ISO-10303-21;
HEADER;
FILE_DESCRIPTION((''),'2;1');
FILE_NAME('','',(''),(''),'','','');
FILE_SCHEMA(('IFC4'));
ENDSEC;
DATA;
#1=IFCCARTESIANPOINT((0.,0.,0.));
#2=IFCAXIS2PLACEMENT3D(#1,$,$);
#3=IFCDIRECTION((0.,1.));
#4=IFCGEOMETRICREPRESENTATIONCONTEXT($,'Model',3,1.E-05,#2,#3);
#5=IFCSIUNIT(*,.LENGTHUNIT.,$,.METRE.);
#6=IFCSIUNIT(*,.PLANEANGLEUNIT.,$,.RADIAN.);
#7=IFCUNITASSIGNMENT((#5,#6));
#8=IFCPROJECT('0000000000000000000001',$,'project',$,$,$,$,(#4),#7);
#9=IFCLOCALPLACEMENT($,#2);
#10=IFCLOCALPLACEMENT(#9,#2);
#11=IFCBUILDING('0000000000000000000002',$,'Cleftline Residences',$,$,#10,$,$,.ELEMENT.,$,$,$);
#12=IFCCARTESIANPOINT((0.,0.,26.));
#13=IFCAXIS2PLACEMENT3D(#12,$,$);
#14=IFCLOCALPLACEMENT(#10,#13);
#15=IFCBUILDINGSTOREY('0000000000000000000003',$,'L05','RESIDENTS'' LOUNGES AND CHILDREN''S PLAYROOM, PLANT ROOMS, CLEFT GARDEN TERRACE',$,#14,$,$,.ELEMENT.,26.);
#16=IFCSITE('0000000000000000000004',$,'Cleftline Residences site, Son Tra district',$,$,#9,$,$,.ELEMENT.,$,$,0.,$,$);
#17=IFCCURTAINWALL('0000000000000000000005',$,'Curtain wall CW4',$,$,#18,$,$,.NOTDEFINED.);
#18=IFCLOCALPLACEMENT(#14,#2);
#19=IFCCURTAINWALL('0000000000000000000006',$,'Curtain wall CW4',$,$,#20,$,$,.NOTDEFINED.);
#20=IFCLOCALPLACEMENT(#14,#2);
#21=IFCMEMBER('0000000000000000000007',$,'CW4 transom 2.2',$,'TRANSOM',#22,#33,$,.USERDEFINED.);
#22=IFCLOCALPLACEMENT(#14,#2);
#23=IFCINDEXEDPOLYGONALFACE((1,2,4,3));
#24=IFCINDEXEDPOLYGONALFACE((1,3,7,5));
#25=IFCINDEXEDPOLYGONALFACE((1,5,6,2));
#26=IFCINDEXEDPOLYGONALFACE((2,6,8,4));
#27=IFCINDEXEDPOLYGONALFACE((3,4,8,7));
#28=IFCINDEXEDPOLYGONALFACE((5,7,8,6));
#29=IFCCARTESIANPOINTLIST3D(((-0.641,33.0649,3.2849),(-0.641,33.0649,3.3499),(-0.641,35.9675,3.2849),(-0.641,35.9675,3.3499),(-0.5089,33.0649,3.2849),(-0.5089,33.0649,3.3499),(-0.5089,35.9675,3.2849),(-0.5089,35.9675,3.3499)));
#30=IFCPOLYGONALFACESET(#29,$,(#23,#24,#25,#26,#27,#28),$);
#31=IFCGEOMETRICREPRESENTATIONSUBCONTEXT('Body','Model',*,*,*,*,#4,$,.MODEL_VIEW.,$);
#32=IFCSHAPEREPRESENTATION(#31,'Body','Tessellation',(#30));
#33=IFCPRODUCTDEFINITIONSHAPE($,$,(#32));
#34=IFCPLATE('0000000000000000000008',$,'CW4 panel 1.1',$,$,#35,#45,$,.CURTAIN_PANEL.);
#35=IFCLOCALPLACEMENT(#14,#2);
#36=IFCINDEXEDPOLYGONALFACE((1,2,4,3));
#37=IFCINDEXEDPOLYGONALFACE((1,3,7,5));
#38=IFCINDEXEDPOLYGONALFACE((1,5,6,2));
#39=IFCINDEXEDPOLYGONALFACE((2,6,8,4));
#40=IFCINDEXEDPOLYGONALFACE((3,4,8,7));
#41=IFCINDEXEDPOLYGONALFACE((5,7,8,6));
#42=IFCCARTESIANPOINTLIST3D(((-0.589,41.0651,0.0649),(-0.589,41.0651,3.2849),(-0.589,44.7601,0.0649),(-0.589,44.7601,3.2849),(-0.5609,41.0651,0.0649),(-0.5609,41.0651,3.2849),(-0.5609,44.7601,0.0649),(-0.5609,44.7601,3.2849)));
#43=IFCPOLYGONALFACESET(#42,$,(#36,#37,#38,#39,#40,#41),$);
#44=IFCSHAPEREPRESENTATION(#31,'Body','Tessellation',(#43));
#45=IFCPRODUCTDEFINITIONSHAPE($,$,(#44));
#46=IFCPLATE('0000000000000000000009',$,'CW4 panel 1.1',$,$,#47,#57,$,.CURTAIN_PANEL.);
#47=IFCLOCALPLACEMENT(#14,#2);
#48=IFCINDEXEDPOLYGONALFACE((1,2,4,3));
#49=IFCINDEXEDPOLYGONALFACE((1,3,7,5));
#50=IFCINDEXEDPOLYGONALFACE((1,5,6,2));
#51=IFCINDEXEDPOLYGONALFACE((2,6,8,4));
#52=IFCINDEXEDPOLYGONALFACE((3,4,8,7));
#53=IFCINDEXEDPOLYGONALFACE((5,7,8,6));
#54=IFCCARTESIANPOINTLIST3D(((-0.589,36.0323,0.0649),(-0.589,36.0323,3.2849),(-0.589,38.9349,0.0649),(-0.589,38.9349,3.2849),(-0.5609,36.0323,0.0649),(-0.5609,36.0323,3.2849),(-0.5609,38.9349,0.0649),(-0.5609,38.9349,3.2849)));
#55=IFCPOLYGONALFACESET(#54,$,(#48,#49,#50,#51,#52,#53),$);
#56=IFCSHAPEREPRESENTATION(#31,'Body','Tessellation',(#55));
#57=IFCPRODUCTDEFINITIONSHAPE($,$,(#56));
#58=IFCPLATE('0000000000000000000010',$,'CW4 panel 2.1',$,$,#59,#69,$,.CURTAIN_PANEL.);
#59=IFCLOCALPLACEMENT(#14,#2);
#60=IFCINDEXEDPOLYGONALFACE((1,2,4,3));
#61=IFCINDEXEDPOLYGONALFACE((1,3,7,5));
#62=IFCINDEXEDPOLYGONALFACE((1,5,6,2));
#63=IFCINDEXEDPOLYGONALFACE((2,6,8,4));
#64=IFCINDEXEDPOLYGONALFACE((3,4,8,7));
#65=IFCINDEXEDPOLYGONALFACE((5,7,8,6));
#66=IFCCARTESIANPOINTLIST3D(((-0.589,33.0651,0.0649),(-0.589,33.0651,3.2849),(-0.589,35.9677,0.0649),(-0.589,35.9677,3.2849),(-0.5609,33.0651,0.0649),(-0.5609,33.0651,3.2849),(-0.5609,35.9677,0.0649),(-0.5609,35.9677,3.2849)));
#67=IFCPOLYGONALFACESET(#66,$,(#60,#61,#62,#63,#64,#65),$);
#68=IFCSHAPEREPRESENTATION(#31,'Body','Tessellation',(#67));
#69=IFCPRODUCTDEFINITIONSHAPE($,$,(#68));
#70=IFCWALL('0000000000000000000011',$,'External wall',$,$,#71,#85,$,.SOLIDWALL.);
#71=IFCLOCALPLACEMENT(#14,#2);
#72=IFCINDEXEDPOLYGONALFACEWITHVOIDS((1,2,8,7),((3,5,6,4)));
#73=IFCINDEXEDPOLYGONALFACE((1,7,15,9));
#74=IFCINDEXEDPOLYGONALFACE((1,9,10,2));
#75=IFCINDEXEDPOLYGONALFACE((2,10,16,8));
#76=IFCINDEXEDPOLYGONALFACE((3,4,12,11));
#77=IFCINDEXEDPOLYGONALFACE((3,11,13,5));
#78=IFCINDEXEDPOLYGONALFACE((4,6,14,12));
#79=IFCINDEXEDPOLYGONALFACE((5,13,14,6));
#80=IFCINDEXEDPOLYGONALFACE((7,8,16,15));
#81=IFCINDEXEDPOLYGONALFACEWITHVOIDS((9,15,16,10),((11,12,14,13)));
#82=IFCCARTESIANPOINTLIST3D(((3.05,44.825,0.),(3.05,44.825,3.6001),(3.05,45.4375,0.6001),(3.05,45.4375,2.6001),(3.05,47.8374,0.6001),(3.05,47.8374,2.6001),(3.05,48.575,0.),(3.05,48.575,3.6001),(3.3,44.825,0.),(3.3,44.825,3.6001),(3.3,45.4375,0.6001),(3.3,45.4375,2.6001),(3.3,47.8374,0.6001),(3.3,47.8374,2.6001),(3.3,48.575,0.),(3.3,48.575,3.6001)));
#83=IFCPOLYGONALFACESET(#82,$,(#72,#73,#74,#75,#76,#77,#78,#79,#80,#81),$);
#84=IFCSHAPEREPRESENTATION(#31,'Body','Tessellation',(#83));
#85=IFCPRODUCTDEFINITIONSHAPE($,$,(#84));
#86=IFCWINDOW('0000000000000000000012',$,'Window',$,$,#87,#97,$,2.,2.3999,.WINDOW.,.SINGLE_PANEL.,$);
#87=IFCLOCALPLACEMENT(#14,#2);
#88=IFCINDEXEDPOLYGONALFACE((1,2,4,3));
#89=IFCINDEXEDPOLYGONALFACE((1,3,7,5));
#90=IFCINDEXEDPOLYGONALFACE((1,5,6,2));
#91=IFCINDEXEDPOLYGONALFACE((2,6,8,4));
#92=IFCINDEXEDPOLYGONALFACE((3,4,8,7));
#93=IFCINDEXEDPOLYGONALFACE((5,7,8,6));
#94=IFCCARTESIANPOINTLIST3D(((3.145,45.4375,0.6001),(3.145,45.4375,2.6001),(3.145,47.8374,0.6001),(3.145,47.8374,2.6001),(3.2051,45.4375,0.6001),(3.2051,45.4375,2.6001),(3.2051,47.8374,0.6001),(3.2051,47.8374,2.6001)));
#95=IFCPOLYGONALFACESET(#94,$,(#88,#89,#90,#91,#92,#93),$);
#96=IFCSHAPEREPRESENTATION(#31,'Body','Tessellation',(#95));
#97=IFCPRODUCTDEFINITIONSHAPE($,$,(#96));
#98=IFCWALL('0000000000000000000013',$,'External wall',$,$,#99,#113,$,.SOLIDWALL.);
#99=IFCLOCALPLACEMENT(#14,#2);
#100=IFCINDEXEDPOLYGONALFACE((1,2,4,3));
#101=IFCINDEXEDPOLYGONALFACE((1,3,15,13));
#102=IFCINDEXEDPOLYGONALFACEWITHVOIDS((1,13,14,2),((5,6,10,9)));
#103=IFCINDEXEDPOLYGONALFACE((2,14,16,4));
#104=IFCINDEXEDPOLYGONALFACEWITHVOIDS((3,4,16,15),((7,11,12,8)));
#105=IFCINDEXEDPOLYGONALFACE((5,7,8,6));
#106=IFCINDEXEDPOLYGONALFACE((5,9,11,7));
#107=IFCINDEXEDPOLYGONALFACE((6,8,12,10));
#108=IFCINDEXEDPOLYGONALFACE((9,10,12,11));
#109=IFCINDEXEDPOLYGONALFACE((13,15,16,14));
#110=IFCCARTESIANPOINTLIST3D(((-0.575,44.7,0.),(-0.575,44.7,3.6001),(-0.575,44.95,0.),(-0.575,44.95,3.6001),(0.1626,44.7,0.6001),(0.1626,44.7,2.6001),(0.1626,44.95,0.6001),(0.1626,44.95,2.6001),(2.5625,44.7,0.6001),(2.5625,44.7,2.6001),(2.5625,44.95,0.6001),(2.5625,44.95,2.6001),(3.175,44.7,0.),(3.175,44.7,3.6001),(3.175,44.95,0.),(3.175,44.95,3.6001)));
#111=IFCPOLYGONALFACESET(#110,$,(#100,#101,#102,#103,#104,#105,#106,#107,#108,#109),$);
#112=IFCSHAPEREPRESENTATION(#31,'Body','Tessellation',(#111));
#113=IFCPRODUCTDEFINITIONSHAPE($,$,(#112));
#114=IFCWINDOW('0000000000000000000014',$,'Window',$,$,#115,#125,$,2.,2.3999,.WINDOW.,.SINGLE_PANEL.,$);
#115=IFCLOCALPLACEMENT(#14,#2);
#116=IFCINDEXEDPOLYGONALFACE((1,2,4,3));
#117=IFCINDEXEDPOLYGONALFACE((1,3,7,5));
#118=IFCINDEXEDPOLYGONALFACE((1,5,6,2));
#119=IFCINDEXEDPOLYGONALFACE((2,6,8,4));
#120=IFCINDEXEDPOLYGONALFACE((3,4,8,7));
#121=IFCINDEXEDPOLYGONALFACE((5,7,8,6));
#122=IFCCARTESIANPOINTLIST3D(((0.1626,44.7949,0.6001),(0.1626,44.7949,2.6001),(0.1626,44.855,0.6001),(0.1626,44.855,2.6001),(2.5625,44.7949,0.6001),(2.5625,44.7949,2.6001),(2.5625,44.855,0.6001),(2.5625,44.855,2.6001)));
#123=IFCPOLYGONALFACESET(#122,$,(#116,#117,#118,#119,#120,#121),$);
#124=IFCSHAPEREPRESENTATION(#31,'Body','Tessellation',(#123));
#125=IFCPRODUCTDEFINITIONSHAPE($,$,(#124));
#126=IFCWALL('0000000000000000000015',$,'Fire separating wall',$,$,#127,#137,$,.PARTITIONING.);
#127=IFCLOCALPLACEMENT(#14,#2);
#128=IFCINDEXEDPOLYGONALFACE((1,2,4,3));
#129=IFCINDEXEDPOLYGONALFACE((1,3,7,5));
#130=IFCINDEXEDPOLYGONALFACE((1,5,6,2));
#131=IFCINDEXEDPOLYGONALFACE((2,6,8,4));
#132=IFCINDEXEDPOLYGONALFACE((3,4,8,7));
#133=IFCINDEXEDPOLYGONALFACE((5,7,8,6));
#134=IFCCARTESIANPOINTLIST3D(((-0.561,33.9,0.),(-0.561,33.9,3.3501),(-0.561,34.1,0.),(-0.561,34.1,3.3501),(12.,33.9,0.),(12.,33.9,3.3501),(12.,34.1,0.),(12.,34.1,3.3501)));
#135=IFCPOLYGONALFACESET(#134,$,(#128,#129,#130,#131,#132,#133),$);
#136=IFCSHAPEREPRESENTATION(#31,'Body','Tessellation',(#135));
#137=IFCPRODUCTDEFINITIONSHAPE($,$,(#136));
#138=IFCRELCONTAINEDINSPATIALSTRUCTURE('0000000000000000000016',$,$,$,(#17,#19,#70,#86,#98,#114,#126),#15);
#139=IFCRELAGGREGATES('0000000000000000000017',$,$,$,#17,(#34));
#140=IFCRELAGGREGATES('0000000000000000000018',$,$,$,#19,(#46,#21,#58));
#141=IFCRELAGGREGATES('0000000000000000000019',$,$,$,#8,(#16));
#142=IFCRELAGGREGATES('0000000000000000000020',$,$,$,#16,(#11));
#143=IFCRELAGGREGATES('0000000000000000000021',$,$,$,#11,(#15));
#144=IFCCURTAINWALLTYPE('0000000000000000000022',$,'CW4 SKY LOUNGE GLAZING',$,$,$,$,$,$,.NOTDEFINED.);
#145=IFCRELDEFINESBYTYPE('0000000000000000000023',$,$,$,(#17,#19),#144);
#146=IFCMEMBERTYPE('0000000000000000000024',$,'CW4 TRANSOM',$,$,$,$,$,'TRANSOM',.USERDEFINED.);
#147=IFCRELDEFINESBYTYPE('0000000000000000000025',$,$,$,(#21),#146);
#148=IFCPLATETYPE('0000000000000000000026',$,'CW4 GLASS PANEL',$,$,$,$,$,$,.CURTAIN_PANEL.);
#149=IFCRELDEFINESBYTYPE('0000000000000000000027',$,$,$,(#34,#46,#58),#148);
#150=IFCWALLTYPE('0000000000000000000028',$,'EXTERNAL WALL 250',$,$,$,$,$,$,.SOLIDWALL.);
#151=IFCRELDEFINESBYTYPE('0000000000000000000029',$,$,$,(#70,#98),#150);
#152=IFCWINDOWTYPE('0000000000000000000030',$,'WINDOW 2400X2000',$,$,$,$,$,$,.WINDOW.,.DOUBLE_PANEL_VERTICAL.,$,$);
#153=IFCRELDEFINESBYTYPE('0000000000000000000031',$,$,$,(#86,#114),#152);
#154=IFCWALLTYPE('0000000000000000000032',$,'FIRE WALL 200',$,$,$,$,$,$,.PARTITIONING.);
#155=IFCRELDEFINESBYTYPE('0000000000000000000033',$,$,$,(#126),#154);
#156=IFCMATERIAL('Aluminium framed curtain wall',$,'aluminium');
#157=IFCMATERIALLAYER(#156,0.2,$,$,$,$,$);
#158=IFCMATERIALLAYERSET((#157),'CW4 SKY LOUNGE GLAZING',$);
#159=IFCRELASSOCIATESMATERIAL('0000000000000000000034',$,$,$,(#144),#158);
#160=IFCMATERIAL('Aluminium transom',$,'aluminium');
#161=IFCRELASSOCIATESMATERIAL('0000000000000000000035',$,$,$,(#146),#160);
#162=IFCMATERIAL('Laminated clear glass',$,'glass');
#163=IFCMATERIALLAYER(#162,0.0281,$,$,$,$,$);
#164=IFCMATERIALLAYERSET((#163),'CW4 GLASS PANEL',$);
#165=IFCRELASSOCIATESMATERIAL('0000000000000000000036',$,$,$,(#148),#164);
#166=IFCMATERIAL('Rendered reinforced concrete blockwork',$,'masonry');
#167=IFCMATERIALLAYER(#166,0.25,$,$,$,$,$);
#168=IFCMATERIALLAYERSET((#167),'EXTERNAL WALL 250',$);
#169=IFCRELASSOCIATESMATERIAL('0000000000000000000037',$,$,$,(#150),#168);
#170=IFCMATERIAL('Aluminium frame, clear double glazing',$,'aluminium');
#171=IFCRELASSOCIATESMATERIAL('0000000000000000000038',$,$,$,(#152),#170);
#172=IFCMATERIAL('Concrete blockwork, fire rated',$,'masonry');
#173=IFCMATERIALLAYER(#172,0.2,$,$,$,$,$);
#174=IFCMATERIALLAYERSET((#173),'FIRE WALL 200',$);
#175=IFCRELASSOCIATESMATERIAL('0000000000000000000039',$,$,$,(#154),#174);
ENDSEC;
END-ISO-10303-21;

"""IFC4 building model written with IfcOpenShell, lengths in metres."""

from ifc_helpers import new_model, si_unit, direction, frame, frame_2d, origin, origin_2d, place, context, subcontext, project, spatial, rectangle, extrude, material, layer, layer_set, material_profile, profile_set, type_object, element, fill, aggregate, save


model = new_model("IFC4")

# Units and contexts
model_context = context("Model", 3, precision=1e-05, world=origin(), true_north=direction((0.0, 1.0)))
body_context = subcontext(model_context, "Body", "Model", "MODEL_VIEW")
ifc_project = project(units=[si_unit("LENGTHUNIT", "METRE"), si_unit("PLANEANGLEUNIT", "RADIAN")], contexts=[model_context])

# Site, building, storey
site_placement = place(None, origin())
site = spatial("IfcSite", under=ifc_project, at=site_placement, Name="Cleftline Residences site, Son Tra district", CompositionType="ELEMENT", RefElevation=0.0)
building_placement = place(site_placement, origin())
building = spatial("IfcBuilding", under=site, at=building_placement, Name="Cleftline Residences", CompositionType="ELEMENT")
storey_placement = place(building_placement, frame((0.0, 0.0, 26.0)))
storey = spatial("IfcBuildingStorey", under=building, at=storey_placement, Name="L05", Description="RESIDENTS' LOUNGES AND CHILDREN'S PLAYROOM, PLANT ROOMS, CLEFT GARDEN TERRACE", CompositionType="ELEMENT", Elevation=26.0)

# Curtain walls
ifc_material_1 = material(Name="Aluminium framed curtain wall", Category="aluminium")
ifc_layer_1 = layer(ifc_material_1, 0.2)
ifc_layer_set_1 = layer_set([ifc_layer_1], Name="CW4 SKY LOUNGE GLAZING")
curtain_wall_type = type_object("IfcCurtainWallType", Name="CW4 SKY LOUNGE GLAZING", PredefinedType="NOTDEFINED", material=ifc_layer_set_1)
curtain_wall_1_placement = place(storey_placement, origin())
curtain_wall_1 = element("IfcCurtainWall", 1, at=curtain_wall_1_placement, inside=storey, type_object=curtain_wall_type, Name="Curtain wall CW4", PredefinedType="NOTDEFINED")
curtain_wall_2_placement = place(storey_placement, origin())
curtain_wall_2 = element("IfcCurtainWall", 2, at=curtain_wall_2_placement, inside=storey, type_object=curtain_wall_type, Name="Curtain wall CW4", PredefinedType="NOTDEFINED")

# Member
ifc_material_2 = material(Name="Aluminium transom", Category="aluminium")
ifc_material_profile_1 = material_profile(ifc_material_2, rectangle(XDim=0.1321, YDim=0.0649, at=origin_2d()))
ifc_profile_set_1 = profile_set([ifc_material_profile_1], Name="Aluminium transom")
member_type_1 = type_object("IfcMemberType", Name="CW4 TRANSOM", ElementType="TRANSOM", PredefinedType="USERDEFINED", material=ifc_profile_set_1)
member_1_placement = place(storey_placement, frame((-0.575, 35.9675, 3.3174), z_axis=(0.0, -1.0, 0.0), x_axis=(1.0, 0.0, 0.0)))
member_1 = element("IfcMember", 3, at=member_1_placement, type_object=member_type_1, Name="CW4 transom 2.2", ObjectType="TRANSOM", PredefinedType="USERDEFINED", context=body_context, shape_type="SweptSolid", body=[
    extrude(rectangle(XDim=0.1321, YDim=0.0649, at=origin_2d()), origin(), (0.0, 0.0, 1.0), 2.9026),
])

# Plates
ifc_material_3 = material(Name="Laminated clear glass", Category="glass")
ifc_layer_2 = layer(ifc_material_3, 0.0281)
ifc_layer_set_2 = layer_set([ifc_layer_2], Name="CW4 GLASS PANEL")
plate_type = type_object("IfcPlateType", Name="CW4 GLASS PANEL", PredefinedType="CURTAIN_PANEL", material=ifc_layer_set_2)
plate_1_placement = place(storey_placement, frame((-0.575, 42.9126, 0.0649), z_axis=(0.0, 0.0, 1.0), x_axis=(0.0, -1.0, 0.0)))
plate_1 = element("IfcPlate", 4, at=plate_1_placement, type_object=plate_type, Name="CW4 panel 1.1", PredefinedType="CURTAIN_PANEL", context=body_context, shape_type="SweptSolid", body=[
    extrude(rectangle(XDim=3.6951, YDim=0.0281, at=origin_2d()), origin(), (0.0, 0.0, 1.0), 3.22),
])
aggregate(curtain_wall_1, [plate_1])
plate_2_placement = place(storey_placement, frame((-0.575, 37.4836, 0.0649), z_axis=(0.0, 0.0, 1.0), x_axis=(0.0, -1.0, 0.0)))
plate_2 = element("IfcPlate", 5, at=plate_2_placement, type_object=plate_type, Name="CW4 panel 1.1", PredefinedType="CURTAIN_PANEL", context=body_context, shape_type="SweptSolid", body=[
    extrude(rectangle(XDim=2.9026, YDim=0.0281, at=origin_2d()), origin(), (0.0, 0.0, 1.0), 3.22),
])
plate_3_placement = place(storey_placement, frame((-0.575, 34.5164, 0.0649), z_axis=(0.0, 0.0, 1.0), x_axis=(0.0, -1.0, 0.0)))
plate_3 = element("IfcPlate", 6, at=plate_3_placement, type_object=plate_type, Name="CW4 panel 2.1", PredefinedType="CURTAIN_PANEL", context=body_context, shape_type="SweptSolid", body=[
    extrude(rectangle(XDim=2.9026, YDim=0.0281, at=origin_2d()), origin(), (0.0, 0.0, 1.0), 3.22),
])
aggregate(curtain_wall_2, [plate_2, member_1, plate_3])

# Walls, openings, windows
ifc_material_4 = material(Name="Rendered reinforced concrete blockwork", Category="masonry")
ifc_layer_3 = layer(ifc_material_4, 0.25)
ifc_layer_set_3 = layer_set([ifc_layer_3], Name="EXTERNAL WALL 250")
wall_type_1 = type_object("IfcWallType", Name="EXTERNAL WALL 250", PredefinedType="SOLIDWALL", material=ifc_layer_set_3)
wall_1_placement = place(storey_placement, frame((3.175, 48.575, 0.0), z_axis=(0.0, 0.0, 1.0), x_axis=(0.0, -1.0, 0.0)))
wall_1 = element("IfcWall", 7, at=wall_1_placement, inside=storey, type_object=wall_type_1, Name="External wall", PredefinedType="SOLIDWALL", context=body_context, shape_type="SweptSolid", body=[
    extrude(rectangle(XDim=3.75, YDim=0.25, at=frame_2d((1.875, 0.0))), origin(), (0.0, 0.0, 1.0), 3.6001),
])
opening_1_placement = place(wall_1_placement, frame((0.7375, 0.0, 0.6001)))
opening_1 = element("IfcOpeningElement", 8, at=opening_1_placement, cuts=wall_1, PredefinedType="OPENING", context=body_context, shape_type="SweptSolid", body=[
    extrude(rectangle(XDim=2.3999, YDim=2.0, at=frame_2d((1.2, 1.0))), frame((0.0, 0.135, 0.0), z_axis=(0.0, -1.0, 0.0), x_axis=(1.0, 0.0, 0.0)), (0.0, 0.0, 1.0), 0.27),
])
ifc_material_5 = material(Name="Aluminium frame, clear double glazing", Category="aluminium")
window_type = type_object("IfcWindowType", Name="WINDOW 2400X2000", PartitioningType="DOUBLE_PANEL_VERTICAL", PredefinedType="WINDOW", material=ifc_material_5)
window_1_placement = place(opening_1_placement, origin())
window_1 = element("IfcWindow", 9, at=window_1_placement, inside=storey, type_object=window_type, Name="Window", OverallHeight=2.0, OverallWidth=2.3999, PartitioningType="SINGLE_PANEL", PredefinedType="WINDOW", context=body_context, shape_type="SweptSolid", body=[
    extrude(rectangle(XDim=2.3999, YDim=2.0, at=frame_2d((1.2, 1.0))), frame((0.0, 0.03, 0.0), z_axis=(0.0, -1.0, 0.0), x_axis=(1.0, 0.0, 0.0)), (0.0, 0.0, 1.0), 0.0601),
])
fill(opening_1, window_1)
wall_2_placement = place(storey_placement, frame((3.175, 44.825, 0.0), z_axis=(0.0, 0.0, 1.0), x_axis=(-1.0, 0.0, 0.0)))
wall_2 = element("IfcWall", 10, at=wall_2_placement, inside=storey, type_object=wall_type_1, Name="External wall", PredefinedType="SOLIDWALL", context=body_context, shape_type="SweptSolid", body=[
    extrude(rectangle(XDim=3.75, YDim=0.25, at=frame_2d((1.875, 0.0))), origin(), (0.0, 0.0, 1.0), 3.6001),
])
opening_2_placement = place(wall_2_placement, frame((0.6125, 0.0, 0.6001)))
opening_2 = element("IfcOpeningElement", 11, at=opening_2_placement, cuts=wall_2, PredefinedType="OPENING", context=body_context, shape_type="SweptSolid", body=[
    extrude(rectangle(XDim=2.3999, YDim=2.0, at=frame_2d((1.2, 1.0))), frame((0.0, 0.135, 0.0), z_axis=(0.0, -1.0, 0.0), x_axis=(1.0, 0.0, 0.0)), (0.0, 0.0, 1.0), 0.27),
])
window_2_placement = place(opening_2_placement, origin())
window_2 = element("IfcWindow", 12, at=window_2_placement, inside=storey, type_object=window_type, Name="Window", OverallHeight=2.0, OverallWidth=2.3999, PartitioningType="SINGLE_PANEL", PredefinedType="WINDOW", context=body_context, shape_type="SweptSolid", body=[
    extrude(rectangle(XDim=2.3999, YDim=2.0, at=frame_2d((1.2, 1.0))), frame((0.0, 0.03, 0.0), z_axis=(0.0, -1.0, 0.0), x_axis=(1.0, 0.0, 0.0)), (0.0, 0.0, 1.0), 0.0601),
])
fill(opening_2, window_2)

# Wall
ifc_material_6 = material(Name="Concrete blockwork, fire rated", Category="masonry")
ifc_layer_4 = layer(ifc_material_6, 0.2)
ifc_layer_set_4 = layer_set([ifc_layer_4], Name="FIRE WALL 200")
wall_type_2 = type_object("IfcWallType", Name="FIRE WALL 200", PredefinedType="PARTITIONING", material=ifc_layer_set_4)
wall_3_placement = place(storey_placement, frame((-0.561, 34.0, 0.0), z_axis=(0.0, 0.0, 1.0), x_axis=(1.0, 0.0, 0.0)))
element("IfcWall", 13, at=wall_3_placement, inside=storey, type_object=wall_type_2, Name="Fire separating wall", PredefinedType="PARTITIONING", context=body_context, shape_type="SweptSolid", body=[
    extrude(rectangle(XDim=12.561, YDim=0.2, at=frame_2d((6.2805, 0.0))), origin(), (0.0, 0.0, 1.0), 3.3501),
])

save(model, "model.ifc")
